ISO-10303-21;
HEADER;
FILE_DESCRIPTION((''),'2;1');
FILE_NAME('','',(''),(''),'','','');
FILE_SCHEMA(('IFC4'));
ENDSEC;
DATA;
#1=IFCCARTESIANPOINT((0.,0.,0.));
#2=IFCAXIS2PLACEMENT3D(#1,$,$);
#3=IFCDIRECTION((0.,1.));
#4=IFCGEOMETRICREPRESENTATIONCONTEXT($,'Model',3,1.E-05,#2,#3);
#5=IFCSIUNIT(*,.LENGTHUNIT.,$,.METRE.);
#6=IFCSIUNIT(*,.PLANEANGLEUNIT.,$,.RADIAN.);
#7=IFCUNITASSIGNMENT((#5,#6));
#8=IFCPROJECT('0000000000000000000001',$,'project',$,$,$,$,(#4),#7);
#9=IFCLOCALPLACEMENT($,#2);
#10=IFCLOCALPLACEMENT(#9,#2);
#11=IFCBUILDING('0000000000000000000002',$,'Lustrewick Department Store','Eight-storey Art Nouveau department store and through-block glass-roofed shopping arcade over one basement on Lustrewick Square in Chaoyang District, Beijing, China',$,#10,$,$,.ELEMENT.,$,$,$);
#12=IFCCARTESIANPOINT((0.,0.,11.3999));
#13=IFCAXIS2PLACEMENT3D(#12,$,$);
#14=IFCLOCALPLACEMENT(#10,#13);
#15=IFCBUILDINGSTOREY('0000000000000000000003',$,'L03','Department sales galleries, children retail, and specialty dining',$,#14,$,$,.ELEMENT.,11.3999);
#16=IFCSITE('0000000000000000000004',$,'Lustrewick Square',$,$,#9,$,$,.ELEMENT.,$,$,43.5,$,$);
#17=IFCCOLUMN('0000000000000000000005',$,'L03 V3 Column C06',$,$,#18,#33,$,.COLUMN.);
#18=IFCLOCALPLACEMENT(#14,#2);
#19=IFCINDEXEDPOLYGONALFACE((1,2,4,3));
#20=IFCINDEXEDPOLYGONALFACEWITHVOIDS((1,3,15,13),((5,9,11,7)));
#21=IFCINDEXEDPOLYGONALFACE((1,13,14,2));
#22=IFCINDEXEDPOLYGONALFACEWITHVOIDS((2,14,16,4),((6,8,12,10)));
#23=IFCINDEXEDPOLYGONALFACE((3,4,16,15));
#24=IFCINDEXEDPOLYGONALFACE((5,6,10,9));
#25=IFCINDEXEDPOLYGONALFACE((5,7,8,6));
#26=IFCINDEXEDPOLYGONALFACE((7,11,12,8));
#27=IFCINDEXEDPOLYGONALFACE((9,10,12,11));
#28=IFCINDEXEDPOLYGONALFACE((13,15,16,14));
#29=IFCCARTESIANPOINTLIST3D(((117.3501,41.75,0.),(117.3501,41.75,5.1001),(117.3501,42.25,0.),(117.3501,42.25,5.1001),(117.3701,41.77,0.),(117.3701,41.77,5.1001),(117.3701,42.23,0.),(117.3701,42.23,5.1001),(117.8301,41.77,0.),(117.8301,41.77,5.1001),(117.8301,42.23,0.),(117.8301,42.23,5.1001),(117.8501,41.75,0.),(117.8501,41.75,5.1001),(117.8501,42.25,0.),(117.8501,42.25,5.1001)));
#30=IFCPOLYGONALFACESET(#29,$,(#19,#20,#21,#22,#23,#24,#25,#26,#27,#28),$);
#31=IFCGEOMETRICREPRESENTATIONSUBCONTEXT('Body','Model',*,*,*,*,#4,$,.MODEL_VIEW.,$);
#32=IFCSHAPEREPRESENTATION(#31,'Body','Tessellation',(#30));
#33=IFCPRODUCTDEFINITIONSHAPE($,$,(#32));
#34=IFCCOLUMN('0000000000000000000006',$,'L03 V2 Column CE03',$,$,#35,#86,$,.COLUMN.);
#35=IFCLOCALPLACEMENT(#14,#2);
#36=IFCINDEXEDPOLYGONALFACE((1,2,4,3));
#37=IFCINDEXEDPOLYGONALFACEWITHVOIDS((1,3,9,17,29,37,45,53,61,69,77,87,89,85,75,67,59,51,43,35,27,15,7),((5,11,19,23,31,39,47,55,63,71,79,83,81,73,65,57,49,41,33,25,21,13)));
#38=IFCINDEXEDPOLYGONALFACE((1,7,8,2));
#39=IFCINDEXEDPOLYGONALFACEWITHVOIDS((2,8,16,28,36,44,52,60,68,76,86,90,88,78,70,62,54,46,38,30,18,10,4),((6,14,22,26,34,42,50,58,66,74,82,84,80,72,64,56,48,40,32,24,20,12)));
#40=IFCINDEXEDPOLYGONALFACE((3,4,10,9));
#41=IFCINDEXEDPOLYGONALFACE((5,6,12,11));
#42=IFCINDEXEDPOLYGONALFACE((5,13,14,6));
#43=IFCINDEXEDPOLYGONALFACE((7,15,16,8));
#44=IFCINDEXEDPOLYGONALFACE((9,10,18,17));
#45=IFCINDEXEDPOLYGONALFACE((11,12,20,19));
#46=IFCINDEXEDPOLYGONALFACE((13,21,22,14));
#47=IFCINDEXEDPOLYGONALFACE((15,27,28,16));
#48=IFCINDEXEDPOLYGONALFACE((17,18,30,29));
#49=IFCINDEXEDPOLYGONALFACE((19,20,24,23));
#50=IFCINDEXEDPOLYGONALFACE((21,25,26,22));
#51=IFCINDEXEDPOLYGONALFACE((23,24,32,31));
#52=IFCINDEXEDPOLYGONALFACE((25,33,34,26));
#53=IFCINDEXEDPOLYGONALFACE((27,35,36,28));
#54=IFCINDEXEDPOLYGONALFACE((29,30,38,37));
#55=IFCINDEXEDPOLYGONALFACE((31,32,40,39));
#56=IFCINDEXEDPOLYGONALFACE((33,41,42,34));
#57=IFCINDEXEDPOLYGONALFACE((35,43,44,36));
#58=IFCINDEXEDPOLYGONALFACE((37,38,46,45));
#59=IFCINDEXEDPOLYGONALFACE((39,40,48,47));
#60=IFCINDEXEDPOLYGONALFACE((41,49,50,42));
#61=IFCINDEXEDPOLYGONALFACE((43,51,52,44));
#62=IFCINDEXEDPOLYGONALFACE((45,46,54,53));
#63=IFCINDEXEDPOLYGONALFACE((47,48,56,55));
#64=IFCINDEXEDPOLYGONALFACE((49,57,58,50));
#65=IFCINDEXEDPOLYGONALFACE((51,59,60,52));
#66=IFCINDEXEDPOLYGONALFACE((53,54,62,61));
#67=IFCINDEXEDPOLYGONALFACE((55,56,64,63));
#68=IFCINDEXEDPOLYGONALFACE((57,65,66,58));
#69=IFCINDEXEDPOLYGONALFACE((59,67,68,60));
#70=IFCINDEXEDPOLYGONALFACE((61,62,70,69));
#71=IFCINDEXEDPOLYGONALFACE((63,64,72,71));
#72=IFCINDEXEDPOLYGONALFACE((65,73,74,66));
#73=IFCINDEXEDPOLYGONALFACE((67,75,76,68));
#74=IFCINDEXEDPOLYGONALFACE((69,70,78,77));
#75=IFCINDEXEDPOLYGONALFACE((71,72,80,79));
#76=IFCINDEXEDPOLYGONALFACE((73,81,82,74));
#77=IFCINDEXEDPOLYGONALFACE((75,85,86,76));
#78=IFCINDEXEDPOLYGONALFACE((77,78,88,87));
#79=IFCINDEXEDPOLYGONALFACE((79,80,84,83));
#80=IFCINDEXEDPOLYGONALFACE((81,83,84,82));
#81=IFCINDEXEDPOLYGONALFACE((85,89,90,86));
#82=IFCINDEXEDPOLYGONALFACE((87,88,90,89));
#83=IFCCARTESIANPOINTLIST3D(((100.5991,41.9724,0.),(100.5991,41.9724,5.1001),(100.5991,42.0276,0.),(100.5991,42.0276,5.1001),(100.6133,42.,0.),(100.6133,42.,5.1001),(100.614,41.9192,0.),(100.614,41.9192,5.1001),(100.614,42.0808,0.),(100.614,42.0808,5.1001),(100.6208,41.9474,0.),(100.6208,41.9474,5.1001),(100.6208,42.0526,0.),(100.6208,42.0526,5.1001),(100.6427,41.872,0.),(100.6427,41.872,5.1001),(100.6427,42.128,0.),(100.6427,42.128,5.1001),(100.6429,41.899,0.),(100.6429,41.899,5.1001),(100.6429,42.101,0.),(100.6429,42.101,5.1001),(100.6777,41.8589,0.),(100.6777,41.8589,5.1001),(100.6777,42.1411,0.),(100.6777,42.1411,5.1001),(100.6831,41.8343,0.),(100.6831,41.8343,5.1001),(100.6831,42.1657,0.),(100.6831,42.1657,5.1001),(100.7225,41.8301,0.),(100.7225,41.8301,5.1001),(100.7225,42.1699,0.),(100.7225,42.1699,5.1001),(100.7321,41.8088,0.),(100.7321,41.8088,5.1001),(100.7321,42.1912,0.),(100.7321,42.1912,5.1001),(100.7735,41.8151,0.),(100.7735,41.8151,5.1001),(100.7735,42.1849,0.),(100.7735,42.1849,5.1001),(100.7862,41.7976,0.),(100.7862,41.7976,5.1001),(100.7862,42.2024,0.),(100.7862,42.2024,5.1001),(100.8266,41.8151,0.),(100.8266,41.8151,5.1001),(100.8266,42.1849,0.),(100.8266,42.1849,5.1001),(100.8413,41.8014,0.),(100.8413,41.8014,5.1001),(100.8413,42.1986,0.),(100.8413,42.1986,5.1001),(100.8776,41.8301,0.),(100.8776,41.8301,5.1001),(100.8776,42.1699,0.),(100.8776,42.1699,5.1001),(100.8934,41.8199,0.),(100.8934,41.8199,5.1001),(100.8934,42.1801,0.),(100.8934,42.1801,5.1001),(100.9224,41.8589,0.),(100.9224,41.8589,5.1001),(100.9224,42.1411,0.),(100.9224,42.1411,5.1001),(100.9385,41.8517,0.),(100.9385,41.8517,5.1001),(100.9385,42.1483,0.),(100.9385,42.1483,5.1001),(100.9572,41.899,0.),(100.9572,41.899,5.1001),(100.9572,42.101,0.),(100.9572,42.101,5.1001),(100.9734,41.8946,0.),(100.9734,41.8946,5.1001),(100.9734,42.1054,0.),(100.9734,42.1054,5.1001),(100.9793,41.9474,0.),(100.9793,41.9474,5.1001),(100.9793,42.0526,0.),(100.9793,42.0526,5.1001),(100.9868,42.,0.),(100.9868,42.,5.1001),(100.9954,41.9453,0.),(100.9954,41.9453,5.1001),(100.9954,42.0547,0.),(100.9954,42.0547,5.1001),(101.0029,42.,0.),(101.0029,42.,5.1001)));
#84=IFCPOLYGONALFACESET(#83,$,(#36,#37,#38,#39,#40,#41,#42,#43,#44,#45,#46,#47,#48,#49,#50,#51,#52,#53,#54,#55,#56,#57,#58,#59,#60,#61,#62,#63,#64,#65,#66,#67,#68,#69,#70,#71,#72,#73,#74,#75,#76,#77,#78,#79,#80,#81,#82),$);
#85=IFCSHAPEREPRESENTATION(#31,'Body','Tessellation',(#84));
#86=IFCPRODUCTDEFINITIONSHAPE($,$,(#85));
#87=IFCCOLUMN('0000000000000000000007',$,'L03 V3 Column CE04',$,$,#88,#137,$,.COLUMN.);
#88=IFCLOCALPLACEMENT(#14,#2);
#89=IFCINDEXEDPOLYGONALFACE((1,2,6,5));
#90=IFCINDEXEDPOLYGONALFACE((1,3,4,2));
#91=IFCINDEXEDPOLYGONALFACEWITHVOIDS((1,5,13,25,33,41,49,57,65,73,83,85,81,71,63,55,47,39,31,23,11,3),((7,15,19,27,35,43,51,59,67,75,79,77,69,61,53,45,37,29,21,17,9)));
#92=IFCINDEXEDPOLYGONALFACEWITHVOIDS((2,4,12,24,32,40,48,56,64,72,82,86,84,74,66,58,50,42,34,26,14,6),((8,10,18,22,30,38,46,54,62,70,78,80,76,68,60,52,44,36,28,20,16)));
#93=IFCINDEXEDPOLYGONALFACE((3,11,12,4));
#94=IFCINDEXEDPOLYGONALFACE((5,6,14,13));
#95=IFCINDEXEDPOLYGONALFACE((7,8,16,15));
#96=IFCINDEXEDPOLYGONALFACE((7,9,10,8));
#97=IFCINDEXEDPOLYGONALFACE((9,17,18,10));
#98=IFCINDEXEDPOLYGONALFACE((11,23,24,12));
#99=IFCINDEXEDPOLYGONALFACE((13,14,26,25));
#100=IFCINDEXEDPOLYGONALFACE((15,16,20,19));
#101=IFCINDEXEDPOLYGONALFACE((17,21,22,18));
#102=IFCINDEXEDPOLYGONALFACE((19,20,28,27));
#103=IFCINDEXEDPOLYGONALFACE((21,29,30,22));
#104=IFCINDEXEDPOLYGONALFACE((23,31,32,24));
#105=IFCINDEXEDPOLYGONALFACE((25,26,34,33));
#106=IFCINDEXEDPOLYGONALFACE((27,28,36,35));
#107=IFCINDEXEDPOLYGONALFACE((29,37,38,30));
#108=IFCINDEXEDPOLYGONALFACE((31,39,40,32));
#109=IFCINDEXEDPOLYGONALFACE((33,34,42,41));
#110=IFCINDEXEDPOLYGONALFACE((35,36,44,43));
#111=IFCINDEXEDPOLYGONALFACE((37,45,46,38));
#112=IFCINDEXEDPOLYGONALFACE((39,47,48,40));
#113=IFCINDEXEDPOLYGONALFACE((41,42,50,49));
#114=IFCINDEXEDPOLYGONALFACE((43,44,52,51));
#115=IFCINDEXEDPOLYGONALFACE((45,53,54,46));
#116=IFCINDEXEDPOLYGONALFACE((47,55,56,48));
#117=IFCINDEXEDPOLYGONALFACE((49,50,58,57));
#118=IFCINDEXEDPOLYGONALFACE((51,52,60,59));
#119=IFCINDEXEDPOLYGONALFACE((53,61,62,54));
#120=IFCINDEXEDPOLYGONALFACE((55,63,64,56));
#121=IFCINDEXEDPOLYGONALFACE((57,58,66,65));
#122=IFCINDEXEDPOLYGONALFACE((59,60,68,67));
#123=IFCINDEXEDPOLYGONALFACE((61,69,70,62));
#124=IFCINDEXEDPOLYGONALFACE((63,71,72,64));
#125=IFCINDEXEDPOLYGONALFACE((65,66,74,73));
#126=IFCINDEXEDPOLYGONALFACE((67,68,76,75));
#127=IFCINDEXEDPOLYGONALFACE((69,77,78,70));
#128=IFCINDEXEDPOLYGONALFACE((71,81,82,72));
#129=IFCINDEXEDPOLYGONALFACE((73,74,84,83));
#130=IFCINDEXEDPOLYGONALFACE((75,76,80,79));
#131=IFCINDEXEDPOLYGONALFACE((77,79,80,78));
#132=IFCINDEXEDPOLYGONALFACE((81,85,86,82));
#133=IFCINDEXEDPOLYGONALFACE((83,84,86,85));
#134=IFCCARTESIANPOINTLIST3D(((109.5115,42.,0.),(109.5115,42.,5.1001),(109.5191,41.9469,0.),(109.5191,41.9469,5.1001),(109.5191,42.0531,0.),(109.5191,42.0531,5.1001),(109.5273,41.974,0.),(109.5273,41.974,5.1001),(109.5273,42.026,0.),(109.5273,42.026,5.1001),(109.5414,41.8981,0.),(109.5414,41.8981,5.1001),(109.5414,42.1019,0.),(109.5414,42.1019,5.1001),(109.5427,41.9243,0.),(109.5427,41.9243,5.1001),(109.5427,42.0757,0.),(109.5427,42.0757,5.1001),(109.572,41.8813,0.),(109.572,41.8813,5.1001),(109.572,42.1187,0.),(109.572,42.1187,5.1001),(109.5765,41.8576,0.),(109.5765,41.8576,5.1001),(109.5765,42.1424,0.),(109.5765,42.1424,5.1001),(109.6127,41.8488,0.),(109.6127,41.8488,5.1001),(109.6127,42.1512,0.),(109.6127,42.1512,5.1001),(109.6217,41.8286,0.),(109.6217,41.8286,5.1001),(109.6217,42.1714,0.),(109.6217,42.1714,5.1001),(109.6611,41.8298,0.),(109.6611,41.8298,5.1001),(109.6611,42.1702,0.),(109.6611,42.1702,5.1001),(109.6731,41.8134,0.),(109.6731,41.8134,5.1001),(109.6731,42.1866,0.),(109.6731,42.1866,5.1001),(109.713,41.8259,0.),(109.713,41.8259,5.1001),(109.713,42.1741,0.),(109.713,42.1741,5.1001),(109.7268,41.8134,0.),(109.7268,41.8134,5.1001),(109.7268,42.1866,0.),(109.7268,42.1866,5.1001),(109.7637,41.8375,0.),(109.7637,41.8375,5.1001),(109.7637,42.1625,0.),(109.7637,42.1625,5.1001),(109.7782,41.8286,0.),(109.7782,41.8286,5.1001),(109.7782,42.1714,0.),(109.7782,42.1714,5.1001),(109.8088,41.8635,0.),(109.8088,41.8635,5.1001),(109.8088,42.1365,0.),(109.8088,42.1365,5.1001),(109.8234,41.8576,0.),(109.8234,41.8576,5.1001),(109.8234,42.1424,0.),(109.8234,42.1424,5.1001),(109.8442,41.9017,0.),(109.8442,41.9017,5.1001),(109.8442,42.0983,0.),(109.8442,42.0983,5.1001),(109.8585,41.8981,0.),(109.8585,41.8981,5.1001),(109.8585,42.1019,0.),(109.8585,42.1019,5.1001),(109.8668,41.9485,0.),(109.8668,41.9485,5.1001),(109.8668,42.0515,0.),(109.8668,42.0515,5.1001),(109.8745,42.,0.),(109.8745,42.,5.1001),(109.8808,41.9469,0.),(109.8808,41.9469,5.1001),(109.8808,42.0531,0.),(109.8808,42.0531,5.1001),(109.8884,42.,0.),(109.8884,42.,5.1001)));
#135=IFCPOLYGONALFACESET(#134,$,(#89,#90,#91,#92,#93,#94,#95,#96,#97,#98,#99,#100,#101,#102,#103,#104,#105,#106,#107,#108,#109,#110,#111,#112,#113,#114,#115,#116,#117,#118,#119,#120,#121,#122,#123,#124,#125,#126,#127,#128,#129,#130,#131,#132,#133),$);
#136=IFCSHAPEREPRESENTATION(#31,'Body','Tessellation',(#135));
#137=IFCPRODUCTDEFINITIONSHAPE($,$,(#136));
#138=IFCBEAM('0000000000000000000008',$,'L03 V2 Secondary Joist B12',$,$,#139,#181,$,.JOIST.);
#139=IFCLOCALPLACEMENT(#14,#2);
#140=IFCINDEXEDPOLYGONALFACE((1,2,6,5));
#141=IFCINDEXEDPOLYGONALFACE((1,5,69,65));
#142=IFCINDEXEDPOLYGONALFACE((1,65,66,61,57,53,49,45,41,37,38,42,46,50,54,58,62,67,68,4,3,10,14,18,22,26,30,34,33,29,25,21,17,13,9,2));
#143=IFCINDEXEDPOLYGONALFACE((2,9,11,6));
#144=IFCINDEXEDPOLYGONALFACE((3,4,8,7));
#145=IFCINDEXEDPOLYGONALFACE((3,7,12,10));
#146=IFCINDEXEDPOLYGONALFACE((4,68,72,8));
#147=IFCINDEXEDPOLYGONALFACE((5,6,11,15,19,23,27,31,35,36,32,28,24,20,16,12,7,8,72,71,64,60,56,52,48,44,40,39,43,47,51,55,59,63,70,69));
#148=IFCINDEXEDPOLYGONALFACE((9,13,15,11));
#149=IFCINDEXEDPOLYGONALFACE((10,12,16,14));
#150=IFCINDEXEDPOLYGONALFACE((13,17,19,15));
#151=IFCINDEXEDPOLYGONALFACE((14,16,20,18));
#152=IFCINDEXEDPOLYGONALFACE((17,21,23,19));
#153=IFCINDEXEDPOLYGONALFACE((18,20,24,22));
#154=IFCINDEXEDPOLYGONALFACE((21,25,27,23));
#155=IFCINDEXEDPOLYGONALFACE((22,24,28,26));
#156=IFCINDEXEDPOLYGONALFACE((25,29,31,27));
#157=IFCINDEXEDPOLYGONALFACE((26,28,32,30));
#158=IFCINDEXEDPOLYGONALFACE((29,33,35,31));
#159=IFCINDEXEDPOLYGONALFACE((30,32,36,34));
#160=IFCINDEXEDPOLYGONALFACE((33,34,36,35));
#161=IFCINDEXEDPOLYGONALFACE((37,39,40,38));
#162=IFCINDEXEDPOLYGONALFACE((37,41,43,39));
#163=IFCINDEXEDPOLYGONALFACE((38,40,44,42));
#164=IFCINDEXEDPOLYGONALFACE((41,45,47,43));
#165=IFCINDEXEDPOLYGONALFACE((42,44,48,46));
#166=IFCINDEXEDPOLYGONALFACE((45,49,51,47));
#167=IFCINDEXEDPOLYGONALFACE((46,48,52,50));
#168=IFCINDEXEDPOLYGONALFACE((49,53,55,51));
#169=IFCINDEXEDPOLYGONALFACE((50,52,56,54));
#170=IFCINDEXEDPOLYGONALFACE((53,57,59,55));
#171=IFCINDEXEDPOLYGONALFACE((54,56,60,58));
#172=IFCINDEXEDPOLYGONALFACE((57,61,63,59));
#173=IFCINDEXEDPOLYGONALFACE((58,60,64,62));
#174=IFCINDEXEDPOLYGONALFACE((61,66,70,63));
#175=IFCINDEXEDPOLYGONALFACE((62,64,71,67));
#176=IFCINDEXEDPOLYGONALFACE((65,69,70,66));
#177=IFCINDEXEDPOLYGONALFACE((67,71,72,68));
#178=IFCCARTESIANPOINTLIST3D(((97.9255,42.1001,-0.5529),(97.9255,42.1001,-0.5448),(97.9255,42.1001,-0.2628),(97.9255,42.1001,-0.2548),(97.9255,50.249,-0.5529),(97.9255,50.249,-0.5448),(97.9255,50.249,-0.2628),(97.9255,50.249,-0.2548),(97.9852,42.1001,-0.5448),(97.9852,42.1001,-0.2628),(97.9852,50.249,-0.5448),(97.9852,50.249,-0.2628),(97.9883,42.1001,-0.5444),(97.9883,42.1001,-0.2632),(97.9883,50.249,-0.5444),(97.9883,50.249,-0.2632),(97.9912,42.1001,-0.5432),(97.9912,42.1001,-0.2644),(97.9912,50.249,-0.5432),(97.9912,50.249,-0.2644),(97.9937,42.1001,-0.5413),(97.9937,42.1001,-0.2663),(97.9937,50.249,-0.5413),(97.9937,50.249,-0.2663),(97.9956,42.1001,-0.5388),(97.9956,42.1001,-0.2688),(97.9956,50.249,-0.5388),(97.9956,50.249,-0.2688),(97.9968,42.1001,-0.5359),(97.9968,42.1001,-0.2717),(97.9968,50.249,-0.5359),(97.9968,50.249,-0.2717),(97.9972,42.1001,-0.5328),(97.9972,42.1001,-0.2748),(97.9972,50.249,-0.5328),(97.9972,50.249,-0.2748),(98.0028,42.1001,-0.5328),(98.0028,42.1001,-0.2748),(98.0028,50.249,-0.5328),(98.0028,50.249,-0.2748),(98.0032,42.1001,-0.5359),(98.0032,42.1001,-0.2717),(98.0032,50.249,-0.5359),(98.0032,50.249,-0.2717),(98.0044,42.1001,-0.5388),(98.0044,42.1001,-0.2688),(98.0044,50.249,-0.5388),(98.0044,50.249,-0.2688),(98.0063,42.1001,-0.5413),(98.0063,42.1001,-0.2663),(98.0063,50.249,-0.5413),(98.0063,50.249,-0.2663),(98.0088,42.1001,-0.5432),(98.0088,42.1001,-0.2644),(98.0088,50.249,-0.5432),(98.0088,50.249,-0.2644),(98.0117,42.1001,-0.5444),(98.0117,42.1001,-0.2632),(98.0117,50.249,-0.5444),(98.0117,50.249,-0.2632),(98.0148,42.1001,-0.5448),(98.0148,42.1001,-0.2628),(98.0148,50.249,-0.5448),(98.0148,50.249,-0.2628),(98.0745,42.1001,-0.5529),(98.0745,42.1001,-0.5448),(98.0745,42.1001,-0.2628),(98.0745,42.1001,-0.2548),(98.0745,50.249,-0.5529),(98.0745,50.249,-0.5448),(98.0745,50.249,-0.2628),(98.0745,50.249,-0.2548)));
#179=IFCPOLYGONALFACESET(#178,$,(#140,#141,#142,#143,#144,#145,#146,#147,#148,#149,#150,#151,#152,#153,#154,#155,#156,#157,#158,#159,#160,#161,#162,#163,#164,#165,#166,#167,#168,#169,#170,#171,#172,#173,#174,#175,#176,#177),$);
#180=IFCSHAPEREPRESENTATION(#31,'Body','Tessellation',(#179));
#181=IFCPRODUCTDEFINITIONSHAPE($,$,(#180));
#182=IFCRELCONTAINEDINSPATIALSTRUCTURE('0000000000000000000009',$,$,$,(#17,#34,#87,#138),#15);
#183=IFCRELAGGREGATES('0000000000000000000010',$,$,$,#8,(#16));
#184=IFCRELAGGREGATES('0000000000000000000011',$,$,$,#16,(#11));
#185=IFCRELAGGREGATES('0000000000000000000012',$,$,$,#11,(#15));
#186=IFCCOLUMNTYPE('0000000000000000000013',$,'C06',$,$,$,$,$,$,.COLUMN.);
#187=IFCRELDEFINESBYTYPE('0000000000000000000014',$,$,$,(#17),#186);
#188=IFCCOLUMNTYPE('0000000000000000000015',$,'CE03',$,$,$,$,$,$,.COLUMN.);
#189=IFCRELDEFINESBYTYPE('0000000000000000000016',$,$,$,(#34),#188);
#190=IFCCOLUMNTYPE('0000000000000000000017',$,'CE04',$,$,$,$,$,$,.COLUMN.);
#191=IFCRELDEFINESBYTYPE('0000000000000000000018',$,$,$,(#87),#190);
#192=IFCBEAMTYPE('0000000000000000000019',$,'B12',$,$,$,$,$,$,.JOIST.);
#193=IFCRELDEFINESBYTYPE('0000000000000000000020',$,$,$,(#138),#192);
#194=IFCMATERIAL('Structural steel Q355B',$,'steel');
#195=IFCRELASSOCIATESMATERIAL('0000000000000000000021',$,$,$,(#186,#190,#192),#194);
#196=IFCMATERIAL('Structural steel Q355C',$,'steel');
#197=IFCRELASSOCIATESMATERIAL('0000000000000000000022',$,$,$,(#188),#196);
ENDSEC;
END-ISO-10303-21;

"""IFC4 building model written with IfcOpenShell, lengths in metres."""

from ifc_helpers import new_model, si_unit, direction, frame, origin, origin_2d, place, context, subcontext, project, spatial, hollow_rectangle, hollow_circle, i_section, extrude, material, material_profile, profile_set, type_object, element, save


model = new_model("IFC4")

# Units and contexts
model_context = context("Model", 3, precision=1e-05, world=origin(), true_north=direction((0.0, 1.0)))
body_context = subcontext(model_context, "Body", "Model", "MODEL_VIEW")
ifc_project = project(units=[si_unit("LENGTHUNIT", "METRE"), si_unit("PLANEANGLEUNIT", "RADIAN")], contexts=[model_context])

# Site, building, storey
site_placement = place(None, origin())
site = spatial("IfcSite", under=ifc_project, at=site_placement, Name="Lustrewick Square", CompositionType="ELEMENT", RefElevation=43.5)
building_placement = place(site_placement, origin())
building = spatial("IfcBuilding", under=site, at=building_placement, Name="Lustrewick Department Store", Description="Eight-storey Art Nouveau department store and through-block glass-roofed shopping arcade over one basement on Lustrewick Square in Chaoyang District, Beijing, China", CompositionType="ELEMENT")
storey_placement = place(building_placement, frame((0.0, 0.0, 11.3999)))
storey = spatial("IfcBuildingStorey", under=building, at=storey_placement, Name="L03", Description="Department sales galleries, children retail, and specialty dining", CompositionType="ELEMENT", Elevation=11.3999)

# Columns
ifc_material_1 = material(Name="Structural steel Q355B", Category="steel")
ifc_material_profile_1 = material_profile(ifc_material_1, hollow_rectangle(XDim=0.5, YDim=0.5, WallThickness=0.02, at=origin_2d()), Name="BOX 500x500x20")
ifc_profile_set_1 = profile_set([ifc_material_profile_1], Name="Structural steel Q355B")
column_type_1 = type_object("IfcColumnType", Name="C06", PredefinedType="COLUMN", material=ifc_profile_set_1)
column_1_placement = place(storey_placement, frame((117.6001, 42.0, 0.0), z_axis=(0.0, 0.0, 1.0), x_axis=(1.0, 0.0, 0.0)))
element("IfcColumn", 1, at=column_1_placement, inside=storey, type_object=column_type_1, Name="L03 V3 Column C06", PredefinedType="COLUMN", context=body_context, shape_type="SweptSolid", body=[
    extrude(hollow_rectangle(XDim=0.5, YDim=0.5, WallThickness=0.02, at=origin_2d()), origin(), (0.0, 0.0, 1.0), 5.1001),
])
ifc_material_2 = material(Name="Structural steel Q355C", Category="steel")
ifc_material_profile_2 = material_profile(ifc_material_2, hollow_circle(Radius=0.2029, WallThickness=0.0161, at=origin_2d()), Name="CHS 406x16")
ifc_profile_set_2 = profile_set([ifc_material_profile_2], Name="Structural steel Q355C")
column_type_2 = type_object("IfcColumnType", Name="CE03", PredefinedType="COLUMN", material=ifc_profile_set_2)
column_2_placement = place(storey_placement, frame((100.8, 42.0, 0.0), z_axis=(0.0, 0.0, 1.0), x_axis=(1.0, 0.0, 0.0)))
element("IfcColumn", 2, at=column_2_placement, inside=storey, type_object=column_type_2, Name="L03 V2 Column CE03", PredefinedType="COLUMN", context=body_context, shape_type="SweptSolid", body=[
    extrude(hollow_circle(Radius=0.2029, WallThickness=0.0161, at=origin_2d()), origin(), (0.0, 0.0, 1.0), 5.1001),
])
ifc_material_profile_3 = material_profile(ifc_material_1, hollow_circle(Radius=0.1885, WallThickness=0.0139, at=origin_2d()), Name="CHS 377x14")
ifc_profile_set_3 = profile_set([ifc_material_profile_3], Name="Structural steel Q355B")
column_type_3 = type_object("IfcColumnType", Name="CE04", PredefinedType="COLUMN", material=ifc_profile_set_3)
column_3_placement = place(storey_placement, frame((109.7, 42.0, 0.0), z_axis=(0.0, 0.0, 1.0), x_axis=(1.0, 0.0, 0.0)))
element("IfcColumn", 3, at=column_3_placement, inside=storey, type_object=column_type_3, Name="L03 V3 Column CE04", PredefinedType="COLUMN", context=body_context, shape_type="SweptSolid", body=[
    extrude(hollow_circle(Radius=0.1885, WallThickness=0.0139, at=origin_2d()), origin(), (0.0, 0.0, 1.0), 5.1001),
])

# Beam
ifc_material_profile_4 = material_profile(ifc_material_1, i_section(OverallWidth=0.1489, OverallDepth=0.2981, WebThickness=0.0056, FlangeThickness=0.0081, FilletRadius=0.012, at=origin_2d()), Name="HN 298x149x5.5x8")
ifc_profile_set_4 = profile_set([ifc_material_profile_4], Name="Structural steel Q355B")
beam_type_1 = type_object("IfcBeamType", Name="B12", PredefinedType="JOIST", material=ifc_profile_set_4)
beam_1_placement = place(storey_placement, frame((98.0, 42.1001, -0.4038), z_axis=(0.0, 1.0, 0.0), x_axis=(-1.0, 0.0, 0.0)))
element("IfcBeam", 4, at=beam_1_placement, inside=storey, type_object=beam_type_1, Name="L03 V2 Secondary Joist B12", PredefinedType="JOIST", context=body_context, shape_type="SweptSolid", body=[
    extrude(i_section(OverallWidth=0.1489, OverallDepth=0.2981, WebThickness=0.0056, FlangeThickness=0.0081, FilletRadius=0.012, at=origin_2d()), origin(), (0.0, 0.0, 1.0), 8.1489),
])

save(model, "model.ifc")
